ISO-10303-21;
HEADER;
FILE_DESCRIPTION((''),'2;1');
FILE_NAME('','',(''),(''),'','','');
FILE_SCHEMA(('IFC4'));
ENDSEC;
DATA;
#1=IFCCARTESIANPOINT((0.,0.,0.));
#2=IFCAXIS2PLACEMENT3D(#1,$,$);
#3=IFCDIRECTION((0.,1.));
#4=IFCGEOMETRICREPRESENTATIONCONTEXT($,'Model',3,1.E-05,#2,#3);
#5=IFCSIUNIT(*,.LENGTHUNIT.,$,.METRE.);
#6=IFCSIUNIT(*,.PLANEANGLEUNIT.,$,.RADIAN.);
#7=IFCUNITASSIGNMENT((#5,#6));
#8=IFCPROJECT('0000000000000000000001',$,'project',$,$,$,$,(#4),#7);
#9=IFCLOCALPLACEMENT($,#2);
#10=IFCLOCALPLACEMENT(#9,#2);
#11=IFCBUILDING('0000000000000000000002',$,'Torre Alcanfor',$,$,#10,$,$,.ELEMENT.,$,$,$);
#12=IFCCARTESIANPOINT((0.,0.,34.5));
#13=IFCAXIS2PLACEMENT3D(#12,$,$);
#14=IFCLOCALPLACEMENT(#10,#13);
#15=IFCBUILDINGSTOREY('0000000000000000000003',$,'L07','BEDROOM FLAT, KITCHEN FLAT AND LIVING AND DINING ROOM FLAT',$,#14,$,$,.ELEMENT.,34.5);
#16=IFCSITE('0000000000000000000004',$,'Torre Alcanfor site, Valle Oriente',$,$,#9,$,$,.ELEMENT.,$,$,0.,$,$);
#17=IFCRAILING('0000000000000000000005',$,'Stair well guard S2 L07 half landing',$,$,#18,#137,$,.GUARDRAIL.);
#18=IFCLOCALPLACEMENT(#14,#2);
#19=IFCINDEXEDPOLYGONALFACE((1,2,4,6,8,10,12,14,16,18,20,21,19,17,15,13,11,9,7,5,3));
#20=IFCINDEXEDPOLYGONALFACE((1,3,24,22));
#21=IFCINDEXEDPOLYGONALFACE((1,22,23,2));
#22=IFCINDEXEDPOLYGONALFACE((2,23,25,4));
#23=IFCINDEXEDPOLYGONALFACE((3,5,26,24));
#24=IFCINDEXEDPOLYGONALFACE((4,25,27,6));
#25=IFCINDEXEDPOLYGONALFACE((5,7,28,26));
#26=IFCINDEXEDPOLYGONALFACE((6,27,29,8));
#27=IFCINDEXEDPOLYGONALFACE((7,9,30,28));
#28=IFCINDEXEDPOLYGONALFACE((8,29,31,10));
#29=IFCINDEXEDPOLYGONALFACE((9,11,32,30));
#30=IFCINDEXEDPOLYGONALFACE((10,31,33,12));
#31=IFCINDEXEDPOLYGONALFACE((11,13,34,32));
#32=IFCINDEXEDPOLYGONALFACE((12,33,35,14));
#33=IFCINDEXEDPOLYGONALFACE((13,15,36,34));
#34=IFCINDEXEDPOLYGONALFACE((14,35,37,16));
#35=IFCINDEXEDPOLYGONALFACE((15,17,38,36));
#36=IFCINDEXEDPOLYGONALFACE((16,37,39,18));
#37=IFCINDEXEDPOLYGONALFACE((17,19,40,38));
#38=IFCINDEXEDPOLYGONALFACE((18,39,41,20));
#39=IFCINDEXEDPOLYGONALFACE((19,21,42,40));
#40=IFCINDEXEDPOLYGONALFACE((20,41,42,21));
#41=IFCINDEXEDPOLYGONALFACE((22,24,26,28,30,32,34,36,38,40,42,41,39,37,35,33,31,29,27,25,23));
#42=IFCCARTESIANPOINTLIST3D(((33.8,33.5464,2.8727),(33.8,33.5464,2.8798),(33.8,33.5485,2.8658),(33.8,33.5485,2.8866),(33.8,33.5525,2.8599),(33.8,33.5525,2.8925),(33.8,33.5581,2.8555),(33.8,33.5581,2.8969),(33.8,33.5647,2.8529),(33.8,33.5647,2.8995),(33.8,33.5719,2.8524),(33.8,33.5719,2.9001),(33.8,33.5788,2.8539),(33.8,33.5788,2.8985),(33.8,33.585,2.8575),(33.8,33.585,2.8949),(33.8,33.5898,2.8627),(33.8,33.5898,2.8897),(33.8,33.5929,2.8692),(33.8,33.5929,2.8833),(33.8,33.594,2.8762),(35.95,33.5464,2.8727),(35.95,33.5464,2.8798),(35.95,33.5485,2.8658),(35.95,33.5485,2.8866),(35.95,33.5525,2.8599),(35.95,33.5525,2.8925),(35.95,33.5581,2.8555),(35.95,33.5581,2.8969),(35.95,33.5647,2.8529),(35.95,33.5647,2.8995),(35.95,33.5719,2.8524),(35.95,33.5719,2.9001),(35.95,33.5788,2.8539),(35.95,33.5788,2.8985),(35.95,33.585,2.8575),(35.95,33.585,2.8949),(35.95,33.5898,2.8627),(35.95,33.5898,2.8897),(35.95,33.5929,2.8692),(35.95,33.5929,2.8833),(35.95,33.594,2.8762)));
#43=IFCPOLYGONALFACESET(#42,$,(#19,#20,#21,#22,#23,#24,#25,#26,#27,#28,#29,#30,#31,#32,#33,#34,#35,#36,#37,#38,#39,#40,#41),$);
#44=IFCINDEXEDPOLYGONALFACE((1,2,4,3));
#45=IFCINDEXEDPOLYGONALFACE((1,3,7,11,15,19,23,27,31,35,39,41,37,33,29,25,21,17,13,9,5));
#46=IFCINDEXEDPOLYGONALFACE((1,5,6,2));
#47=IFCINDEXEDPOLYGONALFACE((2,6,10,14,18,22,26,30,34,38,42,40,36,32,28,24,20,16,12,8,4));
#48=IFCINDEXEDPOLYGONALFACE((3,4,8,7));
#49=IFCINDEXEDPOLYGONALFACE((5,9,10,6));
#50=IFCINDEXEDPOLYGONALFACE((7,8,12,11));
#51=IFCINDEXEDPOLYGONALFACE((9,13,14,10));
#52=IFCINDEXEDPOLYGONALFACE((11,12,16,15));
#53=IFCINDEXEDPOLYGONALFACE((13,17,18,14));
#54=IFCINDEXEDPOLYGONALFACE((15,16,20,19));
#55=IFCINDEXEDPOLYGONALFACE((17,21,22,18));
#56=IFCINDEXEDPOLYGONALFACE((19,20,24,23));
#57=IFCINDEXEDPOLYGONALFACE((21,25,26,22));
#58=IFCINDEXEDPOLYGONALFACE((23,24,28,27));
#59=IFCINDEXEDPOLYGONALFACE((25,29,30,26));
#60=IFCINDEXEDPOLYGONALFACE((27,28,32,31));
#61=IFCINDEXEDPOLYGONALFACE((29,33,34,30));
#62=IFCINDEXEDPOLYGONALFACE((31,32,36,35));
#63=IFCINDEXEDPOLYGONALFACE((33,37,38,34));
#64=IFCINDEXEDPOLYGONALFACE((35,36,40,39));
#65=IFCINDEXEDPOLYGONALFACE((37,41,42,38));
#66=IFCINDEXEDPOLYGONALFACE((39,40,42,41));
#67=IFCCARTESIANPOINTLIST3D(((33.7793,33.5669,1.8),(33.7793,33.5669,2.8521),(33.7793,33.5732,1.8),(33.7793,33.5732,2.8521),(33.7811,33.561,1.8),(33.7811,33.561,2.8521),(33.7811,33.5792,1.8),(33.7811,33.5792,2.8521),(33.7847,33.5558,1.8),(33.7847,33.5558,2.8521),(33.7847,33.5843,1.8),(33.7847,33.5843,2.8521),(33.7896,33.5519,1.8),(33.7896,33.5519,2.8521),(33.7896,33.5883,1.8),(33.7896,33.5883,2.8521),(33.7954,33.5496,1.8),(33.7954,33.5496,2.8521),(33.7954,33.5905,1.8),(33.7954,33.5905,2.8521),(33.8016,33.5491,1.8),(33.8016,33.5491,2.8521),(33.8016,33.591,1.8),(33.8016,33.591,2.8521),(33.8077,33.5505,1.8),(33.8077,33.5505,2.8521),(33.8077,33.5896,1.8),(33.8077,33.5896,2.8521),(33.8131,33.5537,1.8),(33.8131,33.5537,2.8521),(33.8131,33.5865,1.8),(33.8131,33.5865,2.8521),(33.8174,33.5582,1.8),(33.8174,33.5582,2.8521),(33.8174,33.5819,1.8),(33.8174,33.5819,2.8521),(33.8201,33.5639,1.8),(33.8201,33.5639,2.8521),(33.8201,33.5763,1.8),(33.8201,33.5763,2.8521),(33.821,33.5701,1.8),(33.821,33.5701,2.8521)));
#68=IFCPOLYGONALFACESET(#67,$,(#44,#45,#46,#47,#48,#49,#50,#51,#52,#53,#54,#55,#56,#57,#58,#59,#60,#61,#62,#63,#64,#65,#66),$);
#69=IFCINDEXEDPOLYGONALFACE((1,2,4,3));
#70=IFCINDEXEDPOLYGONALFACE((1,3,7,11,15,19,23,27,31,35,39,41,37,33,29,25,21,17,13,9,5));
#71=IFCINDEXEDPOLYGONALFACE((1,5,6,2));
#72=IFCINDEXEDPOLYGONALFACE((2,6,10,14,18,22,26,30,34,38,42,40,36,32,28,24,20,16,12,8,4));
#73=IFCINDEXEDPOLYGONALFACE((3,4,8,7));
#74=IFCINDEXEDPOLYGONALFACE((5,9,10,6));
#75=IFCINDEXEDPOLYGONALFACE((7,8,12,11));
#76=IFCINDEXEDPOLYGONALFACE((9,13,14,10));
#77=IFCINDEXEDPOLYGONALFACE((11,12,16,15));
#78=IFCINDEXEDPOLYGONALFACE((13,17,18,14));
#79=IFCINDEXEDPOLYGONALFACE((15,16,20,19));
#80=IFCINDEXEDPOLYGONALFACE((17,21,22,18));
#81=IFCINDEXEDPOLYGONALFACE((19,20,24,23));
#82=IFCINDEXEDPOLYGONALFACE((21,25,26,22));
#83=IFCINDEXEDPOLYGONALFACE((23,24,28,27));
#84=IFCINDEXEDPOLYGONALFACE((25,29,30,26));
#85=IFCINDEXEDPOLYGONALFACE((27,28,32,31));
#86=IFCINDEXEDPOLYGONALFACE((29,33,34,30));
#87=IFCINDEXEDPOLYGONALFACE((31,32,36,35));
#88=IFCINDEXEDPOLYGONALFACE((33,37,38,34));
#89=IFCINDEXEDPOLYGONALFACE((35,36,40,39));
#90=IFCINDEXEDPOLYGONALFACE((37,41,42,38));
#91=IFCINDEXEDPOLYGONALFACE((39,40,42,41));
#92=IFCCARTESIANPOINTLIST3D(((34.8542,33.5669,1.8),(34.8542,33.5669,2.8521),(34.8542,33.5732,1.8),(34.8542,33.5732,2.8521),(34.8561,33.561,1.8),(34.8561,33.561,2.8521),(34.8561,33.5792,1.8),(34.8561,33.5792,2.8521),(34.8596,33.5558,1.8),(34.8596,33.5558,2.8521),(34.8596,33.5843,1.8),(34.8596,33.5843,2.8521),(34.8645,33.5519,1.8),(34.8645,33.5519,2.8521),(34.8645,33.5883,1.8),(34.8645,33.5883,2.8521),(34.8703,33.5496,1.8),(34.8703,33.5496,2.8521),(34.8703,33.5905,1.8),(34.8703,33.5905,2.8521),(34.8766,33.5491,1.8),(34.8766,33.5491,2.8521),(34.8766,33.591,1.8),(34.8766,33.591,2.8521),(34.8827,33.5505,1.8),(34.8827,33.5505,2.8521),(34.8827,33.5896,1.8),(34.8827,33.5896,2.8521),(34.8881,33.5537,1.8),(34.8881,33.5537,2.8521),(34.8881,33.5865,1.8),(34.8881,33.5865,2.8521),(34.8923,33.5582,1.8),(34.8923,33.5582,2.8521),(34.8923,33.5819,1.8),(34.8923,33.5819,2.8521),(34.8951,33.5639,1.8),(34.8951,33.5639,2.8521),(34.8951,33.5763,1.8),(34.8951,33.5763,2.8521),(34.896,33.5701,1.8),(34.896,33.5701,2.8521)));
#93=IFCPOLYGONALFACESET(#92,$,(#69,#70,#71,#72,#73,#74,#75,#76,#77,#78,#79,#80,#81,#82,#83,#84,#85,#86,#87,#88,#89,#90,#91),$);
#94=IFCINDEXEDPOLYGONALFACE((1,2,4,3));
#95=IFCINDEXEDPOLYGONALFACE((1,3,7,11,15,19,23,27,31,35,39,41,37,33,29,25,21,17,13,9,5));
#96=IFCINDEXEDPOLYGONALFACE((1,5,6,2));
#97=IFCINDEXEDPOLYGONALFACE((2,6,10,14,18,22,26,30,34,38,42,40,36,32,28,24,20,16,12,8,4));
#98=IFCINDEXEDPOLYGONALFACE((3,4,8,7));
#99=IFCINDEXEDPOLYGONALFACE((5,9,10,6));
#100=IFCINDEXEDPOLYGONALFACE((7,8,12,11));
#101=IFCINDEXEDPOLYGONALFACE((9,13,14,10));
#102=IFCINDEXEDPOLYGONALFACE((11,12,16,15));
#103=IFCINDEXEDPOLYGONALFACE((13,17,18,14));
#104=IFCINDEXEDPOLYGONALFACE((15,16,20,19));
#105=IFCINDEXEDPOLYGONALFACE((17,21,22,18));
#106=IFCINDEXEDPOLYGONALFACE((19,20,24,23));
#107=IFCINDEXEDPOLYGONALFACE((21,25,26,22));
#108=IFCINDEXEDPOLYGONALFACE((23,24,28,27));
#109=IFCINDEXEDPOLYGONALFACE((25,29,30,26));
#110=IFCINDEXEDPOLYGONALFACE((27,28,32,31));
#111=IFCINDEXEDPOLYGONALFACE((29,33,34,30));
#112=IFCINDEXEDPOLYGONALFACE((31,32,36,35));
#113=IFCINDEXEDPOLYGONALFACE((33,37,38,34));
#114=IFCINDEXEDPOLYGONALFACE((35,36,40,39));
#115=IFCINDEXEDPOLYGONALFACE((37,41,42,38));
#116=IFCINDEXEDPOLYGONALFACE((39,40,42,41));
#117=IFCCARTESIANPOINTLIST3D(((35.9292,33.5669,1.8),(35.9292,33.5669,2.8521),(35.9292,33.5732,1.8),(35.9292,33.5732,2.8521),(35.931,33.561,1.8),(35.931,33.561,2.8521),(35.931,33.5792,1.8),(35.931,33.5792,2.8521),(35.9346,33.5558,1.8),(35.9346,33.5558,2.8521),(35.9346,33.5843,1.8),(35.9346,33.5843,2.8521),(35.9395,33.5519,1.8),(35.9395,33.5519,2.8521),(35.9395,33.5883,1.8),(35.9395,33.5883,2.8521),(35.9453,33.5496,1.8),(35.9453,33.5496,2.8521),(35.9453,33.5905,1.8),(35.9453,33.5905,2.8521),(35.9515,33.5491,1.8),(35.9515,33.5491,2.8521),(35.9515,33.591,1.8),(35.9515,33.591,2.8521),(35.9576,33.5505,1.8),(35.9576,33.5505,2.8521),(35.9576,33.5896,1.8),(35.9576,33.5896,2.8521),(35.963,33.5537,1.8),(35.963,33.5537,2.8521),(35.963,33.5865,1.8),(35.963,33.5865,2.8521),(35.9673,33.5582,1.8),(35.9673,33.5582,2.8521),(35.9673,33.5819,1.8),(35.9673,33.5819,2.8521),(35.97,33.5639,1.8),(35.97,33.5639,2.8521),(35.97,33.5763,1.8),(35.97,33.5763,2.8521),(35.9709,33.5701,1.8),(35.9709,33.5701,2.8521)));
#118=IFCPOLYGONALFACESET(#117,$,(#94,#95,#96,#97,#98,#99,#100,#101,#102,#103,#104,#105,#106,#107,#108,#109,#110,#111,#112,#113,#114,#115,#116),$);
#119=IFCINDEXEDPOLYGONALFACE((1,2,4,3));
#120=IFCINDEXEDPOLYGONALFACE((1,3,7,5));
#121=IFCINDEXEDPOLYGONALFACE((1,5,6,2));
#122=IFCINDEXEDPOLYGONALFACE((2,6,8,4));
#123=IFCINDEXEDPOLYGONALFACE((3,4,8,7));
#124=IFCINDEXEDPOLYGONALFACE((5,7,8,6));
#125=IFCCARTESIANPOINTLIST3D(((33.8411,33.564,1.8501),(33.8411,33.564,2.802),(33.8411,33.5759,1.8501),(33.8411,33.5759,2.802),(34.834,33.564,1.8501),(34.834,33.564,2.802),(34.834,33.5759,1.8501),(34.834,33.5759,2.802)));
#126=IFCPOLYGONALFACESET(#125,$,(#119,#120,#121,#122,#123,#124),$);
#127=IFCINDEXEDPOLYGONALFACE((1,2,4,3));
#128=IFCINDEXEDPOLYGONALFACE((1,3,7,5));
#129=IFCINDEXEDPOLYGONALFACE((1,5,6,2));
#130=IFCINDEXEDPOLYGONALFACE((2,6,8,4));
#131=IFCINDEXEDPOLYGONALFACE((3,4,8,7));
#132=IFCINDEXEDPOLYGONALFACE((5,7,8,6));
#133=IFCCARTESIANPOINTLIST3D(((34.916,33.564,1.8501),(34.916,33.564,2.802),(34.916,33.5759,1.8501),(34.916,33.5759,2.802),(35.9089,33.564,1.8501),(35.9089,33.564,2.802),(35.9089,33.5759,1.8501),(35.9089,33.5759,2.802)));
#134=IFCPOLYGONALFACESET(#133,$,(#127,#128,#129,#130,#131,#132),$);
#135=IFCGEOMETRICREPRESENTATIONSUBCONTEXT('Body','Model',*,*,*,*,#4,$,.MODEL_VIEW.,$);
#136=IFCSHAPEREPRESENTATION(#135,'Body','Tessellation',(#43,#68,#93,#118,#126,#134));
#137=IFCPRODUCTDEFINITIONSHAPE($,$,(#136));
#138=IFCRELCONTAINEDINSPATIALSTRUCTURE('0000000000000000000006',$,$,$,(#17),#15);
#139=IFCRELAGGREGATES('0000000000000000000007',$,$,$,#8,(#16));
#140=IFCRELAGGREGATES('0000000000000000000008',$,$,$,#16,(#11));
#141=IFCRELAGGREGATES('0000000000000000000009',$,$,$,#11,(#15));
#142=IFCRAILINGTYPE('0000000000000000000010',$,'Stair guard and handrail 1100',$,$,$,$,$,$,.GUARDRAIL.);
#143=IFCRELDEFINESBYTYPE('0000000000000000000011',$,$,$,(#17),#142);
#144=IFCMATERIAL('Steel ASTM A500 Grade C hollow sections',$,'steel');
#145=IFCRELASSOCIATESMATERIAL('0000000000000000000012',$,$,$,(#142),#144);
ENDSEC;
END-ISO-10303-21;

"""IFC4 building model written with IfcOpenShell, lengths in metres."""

from ifc_helpers import new_model, si_unit, direction, frame, origin, origin_2d, place, context, subcontext, project, spatial, polyline, circle, outline, extrude, material, type_object, element, save


model = new_model("IFC4")

# Units and contexts
model_context = context("Model", 3, precision=1e-05, world=origin(), true_north=direction((0.0, 1.0)))
body_context = subcontext(model_context, "Body", "Model", "MODEL_VIEW")
ifc_project = project(units=[si_unit("LENGTHUNIT", "METRE"), si_unit("PLANEANGLEUNIT", "RADIAN")], contexts=[model_context])

# Site, building, storey
site_placement = place(None, origin())
site = spatial("IfcSite", under=ifc_project, at=site_placement, Name="Torre Alcanfor site, Valle Oriente", CompositionType="ELEMENT", RefElevation=0.0)
building_placement = place(site_placement, origin())
building = spatial("IfcBuilding", under=site, at=building_placement, Name="Torre Alcanfor", CompositionType="ELEMENT")
storey_placement = place(building_placement, frame((0.0, 0.0, 34.5)))
storey = spatial("IfcBuildingStorey", under=building, at=storey_placement, Name="L07", Description="BEDROOM FLAT, KITCHEN FLAT AND LIVING AND DINING ROOM FLAT", CompositionType="ELEMENT", Elevation=34.5)

# Railing
ifc_material_1 = material(Name="Steel ASTM A500 Grade C hollow sections", Category="steel")
railing_type_1 = type_object("IfcRailingType", Name="Stair guard and handrail 1100", PredefinedType="GUARDRAIL", material=ifc_material_1)
for number, where, name in (
    (1, (33.8, 33.5701, 1.8), "Stair well guard S2 L07 half landing"),
):
    element("IfcRailing", number, at=place(storey_placement, frame(where)), inside=storey, type_object=railing_type_1, Name=name, PredefinedType="GUARDRAIL", context=body_context, shape_type="SweptSolid", body=[
        extrude(circle(Radius=0.0239, at=origin_2d()), frame((0.0, 0.0, 1.0762), z_axis=(1.0, 0.0, 0.0), x_axis=(0.0, 1.0, 0.0)), (0.0, 0.0, 1.0), 2.1499),
        extrude(circle(Radius=0.021, at=origin_2d()), origin(), (0.0, 0.0, 1.0), 1.052),
        extrude(circle(Radius=0.021, at=origin_2d()), frame((1.075, 0.0, 0.0)), (0.0, 0.0, 1.0), 1.052),
        extrude(circle(Radius=0.021, at=origin_2d()), frame((2.1499, 0.0, 0.0)), (0.0, 0.0, 1.0), 1.052),
        extrude(outline(polyline([(0.041, 0.05), (1.0339, 0.05), (1.0339, 1.002), (0.041, 1.002), (0.041, 0.05)])), frame((0.0, 0.0059, 0.0), z_axis=(0.0, -1.0, 0.0), x_axis=(1.0, 0.0, 0.0)), (0.0, 0.0, 1.0), 0.012),
        extrude(outline(polyline([(1.116, 0.05), (2.1089, 0.05), (2.1089, 1.002), (1.116, 1.002), (1.116, 0.05)])), frame((0.0, 0.0059, 0.0), z_axis=(0.0, -1.0, 0.0), x_axis=(1.0, 0.0, 0.0)), (0.0, 0.0, 1.0), 0.012),
    ])

save(model, "model.ifc")
